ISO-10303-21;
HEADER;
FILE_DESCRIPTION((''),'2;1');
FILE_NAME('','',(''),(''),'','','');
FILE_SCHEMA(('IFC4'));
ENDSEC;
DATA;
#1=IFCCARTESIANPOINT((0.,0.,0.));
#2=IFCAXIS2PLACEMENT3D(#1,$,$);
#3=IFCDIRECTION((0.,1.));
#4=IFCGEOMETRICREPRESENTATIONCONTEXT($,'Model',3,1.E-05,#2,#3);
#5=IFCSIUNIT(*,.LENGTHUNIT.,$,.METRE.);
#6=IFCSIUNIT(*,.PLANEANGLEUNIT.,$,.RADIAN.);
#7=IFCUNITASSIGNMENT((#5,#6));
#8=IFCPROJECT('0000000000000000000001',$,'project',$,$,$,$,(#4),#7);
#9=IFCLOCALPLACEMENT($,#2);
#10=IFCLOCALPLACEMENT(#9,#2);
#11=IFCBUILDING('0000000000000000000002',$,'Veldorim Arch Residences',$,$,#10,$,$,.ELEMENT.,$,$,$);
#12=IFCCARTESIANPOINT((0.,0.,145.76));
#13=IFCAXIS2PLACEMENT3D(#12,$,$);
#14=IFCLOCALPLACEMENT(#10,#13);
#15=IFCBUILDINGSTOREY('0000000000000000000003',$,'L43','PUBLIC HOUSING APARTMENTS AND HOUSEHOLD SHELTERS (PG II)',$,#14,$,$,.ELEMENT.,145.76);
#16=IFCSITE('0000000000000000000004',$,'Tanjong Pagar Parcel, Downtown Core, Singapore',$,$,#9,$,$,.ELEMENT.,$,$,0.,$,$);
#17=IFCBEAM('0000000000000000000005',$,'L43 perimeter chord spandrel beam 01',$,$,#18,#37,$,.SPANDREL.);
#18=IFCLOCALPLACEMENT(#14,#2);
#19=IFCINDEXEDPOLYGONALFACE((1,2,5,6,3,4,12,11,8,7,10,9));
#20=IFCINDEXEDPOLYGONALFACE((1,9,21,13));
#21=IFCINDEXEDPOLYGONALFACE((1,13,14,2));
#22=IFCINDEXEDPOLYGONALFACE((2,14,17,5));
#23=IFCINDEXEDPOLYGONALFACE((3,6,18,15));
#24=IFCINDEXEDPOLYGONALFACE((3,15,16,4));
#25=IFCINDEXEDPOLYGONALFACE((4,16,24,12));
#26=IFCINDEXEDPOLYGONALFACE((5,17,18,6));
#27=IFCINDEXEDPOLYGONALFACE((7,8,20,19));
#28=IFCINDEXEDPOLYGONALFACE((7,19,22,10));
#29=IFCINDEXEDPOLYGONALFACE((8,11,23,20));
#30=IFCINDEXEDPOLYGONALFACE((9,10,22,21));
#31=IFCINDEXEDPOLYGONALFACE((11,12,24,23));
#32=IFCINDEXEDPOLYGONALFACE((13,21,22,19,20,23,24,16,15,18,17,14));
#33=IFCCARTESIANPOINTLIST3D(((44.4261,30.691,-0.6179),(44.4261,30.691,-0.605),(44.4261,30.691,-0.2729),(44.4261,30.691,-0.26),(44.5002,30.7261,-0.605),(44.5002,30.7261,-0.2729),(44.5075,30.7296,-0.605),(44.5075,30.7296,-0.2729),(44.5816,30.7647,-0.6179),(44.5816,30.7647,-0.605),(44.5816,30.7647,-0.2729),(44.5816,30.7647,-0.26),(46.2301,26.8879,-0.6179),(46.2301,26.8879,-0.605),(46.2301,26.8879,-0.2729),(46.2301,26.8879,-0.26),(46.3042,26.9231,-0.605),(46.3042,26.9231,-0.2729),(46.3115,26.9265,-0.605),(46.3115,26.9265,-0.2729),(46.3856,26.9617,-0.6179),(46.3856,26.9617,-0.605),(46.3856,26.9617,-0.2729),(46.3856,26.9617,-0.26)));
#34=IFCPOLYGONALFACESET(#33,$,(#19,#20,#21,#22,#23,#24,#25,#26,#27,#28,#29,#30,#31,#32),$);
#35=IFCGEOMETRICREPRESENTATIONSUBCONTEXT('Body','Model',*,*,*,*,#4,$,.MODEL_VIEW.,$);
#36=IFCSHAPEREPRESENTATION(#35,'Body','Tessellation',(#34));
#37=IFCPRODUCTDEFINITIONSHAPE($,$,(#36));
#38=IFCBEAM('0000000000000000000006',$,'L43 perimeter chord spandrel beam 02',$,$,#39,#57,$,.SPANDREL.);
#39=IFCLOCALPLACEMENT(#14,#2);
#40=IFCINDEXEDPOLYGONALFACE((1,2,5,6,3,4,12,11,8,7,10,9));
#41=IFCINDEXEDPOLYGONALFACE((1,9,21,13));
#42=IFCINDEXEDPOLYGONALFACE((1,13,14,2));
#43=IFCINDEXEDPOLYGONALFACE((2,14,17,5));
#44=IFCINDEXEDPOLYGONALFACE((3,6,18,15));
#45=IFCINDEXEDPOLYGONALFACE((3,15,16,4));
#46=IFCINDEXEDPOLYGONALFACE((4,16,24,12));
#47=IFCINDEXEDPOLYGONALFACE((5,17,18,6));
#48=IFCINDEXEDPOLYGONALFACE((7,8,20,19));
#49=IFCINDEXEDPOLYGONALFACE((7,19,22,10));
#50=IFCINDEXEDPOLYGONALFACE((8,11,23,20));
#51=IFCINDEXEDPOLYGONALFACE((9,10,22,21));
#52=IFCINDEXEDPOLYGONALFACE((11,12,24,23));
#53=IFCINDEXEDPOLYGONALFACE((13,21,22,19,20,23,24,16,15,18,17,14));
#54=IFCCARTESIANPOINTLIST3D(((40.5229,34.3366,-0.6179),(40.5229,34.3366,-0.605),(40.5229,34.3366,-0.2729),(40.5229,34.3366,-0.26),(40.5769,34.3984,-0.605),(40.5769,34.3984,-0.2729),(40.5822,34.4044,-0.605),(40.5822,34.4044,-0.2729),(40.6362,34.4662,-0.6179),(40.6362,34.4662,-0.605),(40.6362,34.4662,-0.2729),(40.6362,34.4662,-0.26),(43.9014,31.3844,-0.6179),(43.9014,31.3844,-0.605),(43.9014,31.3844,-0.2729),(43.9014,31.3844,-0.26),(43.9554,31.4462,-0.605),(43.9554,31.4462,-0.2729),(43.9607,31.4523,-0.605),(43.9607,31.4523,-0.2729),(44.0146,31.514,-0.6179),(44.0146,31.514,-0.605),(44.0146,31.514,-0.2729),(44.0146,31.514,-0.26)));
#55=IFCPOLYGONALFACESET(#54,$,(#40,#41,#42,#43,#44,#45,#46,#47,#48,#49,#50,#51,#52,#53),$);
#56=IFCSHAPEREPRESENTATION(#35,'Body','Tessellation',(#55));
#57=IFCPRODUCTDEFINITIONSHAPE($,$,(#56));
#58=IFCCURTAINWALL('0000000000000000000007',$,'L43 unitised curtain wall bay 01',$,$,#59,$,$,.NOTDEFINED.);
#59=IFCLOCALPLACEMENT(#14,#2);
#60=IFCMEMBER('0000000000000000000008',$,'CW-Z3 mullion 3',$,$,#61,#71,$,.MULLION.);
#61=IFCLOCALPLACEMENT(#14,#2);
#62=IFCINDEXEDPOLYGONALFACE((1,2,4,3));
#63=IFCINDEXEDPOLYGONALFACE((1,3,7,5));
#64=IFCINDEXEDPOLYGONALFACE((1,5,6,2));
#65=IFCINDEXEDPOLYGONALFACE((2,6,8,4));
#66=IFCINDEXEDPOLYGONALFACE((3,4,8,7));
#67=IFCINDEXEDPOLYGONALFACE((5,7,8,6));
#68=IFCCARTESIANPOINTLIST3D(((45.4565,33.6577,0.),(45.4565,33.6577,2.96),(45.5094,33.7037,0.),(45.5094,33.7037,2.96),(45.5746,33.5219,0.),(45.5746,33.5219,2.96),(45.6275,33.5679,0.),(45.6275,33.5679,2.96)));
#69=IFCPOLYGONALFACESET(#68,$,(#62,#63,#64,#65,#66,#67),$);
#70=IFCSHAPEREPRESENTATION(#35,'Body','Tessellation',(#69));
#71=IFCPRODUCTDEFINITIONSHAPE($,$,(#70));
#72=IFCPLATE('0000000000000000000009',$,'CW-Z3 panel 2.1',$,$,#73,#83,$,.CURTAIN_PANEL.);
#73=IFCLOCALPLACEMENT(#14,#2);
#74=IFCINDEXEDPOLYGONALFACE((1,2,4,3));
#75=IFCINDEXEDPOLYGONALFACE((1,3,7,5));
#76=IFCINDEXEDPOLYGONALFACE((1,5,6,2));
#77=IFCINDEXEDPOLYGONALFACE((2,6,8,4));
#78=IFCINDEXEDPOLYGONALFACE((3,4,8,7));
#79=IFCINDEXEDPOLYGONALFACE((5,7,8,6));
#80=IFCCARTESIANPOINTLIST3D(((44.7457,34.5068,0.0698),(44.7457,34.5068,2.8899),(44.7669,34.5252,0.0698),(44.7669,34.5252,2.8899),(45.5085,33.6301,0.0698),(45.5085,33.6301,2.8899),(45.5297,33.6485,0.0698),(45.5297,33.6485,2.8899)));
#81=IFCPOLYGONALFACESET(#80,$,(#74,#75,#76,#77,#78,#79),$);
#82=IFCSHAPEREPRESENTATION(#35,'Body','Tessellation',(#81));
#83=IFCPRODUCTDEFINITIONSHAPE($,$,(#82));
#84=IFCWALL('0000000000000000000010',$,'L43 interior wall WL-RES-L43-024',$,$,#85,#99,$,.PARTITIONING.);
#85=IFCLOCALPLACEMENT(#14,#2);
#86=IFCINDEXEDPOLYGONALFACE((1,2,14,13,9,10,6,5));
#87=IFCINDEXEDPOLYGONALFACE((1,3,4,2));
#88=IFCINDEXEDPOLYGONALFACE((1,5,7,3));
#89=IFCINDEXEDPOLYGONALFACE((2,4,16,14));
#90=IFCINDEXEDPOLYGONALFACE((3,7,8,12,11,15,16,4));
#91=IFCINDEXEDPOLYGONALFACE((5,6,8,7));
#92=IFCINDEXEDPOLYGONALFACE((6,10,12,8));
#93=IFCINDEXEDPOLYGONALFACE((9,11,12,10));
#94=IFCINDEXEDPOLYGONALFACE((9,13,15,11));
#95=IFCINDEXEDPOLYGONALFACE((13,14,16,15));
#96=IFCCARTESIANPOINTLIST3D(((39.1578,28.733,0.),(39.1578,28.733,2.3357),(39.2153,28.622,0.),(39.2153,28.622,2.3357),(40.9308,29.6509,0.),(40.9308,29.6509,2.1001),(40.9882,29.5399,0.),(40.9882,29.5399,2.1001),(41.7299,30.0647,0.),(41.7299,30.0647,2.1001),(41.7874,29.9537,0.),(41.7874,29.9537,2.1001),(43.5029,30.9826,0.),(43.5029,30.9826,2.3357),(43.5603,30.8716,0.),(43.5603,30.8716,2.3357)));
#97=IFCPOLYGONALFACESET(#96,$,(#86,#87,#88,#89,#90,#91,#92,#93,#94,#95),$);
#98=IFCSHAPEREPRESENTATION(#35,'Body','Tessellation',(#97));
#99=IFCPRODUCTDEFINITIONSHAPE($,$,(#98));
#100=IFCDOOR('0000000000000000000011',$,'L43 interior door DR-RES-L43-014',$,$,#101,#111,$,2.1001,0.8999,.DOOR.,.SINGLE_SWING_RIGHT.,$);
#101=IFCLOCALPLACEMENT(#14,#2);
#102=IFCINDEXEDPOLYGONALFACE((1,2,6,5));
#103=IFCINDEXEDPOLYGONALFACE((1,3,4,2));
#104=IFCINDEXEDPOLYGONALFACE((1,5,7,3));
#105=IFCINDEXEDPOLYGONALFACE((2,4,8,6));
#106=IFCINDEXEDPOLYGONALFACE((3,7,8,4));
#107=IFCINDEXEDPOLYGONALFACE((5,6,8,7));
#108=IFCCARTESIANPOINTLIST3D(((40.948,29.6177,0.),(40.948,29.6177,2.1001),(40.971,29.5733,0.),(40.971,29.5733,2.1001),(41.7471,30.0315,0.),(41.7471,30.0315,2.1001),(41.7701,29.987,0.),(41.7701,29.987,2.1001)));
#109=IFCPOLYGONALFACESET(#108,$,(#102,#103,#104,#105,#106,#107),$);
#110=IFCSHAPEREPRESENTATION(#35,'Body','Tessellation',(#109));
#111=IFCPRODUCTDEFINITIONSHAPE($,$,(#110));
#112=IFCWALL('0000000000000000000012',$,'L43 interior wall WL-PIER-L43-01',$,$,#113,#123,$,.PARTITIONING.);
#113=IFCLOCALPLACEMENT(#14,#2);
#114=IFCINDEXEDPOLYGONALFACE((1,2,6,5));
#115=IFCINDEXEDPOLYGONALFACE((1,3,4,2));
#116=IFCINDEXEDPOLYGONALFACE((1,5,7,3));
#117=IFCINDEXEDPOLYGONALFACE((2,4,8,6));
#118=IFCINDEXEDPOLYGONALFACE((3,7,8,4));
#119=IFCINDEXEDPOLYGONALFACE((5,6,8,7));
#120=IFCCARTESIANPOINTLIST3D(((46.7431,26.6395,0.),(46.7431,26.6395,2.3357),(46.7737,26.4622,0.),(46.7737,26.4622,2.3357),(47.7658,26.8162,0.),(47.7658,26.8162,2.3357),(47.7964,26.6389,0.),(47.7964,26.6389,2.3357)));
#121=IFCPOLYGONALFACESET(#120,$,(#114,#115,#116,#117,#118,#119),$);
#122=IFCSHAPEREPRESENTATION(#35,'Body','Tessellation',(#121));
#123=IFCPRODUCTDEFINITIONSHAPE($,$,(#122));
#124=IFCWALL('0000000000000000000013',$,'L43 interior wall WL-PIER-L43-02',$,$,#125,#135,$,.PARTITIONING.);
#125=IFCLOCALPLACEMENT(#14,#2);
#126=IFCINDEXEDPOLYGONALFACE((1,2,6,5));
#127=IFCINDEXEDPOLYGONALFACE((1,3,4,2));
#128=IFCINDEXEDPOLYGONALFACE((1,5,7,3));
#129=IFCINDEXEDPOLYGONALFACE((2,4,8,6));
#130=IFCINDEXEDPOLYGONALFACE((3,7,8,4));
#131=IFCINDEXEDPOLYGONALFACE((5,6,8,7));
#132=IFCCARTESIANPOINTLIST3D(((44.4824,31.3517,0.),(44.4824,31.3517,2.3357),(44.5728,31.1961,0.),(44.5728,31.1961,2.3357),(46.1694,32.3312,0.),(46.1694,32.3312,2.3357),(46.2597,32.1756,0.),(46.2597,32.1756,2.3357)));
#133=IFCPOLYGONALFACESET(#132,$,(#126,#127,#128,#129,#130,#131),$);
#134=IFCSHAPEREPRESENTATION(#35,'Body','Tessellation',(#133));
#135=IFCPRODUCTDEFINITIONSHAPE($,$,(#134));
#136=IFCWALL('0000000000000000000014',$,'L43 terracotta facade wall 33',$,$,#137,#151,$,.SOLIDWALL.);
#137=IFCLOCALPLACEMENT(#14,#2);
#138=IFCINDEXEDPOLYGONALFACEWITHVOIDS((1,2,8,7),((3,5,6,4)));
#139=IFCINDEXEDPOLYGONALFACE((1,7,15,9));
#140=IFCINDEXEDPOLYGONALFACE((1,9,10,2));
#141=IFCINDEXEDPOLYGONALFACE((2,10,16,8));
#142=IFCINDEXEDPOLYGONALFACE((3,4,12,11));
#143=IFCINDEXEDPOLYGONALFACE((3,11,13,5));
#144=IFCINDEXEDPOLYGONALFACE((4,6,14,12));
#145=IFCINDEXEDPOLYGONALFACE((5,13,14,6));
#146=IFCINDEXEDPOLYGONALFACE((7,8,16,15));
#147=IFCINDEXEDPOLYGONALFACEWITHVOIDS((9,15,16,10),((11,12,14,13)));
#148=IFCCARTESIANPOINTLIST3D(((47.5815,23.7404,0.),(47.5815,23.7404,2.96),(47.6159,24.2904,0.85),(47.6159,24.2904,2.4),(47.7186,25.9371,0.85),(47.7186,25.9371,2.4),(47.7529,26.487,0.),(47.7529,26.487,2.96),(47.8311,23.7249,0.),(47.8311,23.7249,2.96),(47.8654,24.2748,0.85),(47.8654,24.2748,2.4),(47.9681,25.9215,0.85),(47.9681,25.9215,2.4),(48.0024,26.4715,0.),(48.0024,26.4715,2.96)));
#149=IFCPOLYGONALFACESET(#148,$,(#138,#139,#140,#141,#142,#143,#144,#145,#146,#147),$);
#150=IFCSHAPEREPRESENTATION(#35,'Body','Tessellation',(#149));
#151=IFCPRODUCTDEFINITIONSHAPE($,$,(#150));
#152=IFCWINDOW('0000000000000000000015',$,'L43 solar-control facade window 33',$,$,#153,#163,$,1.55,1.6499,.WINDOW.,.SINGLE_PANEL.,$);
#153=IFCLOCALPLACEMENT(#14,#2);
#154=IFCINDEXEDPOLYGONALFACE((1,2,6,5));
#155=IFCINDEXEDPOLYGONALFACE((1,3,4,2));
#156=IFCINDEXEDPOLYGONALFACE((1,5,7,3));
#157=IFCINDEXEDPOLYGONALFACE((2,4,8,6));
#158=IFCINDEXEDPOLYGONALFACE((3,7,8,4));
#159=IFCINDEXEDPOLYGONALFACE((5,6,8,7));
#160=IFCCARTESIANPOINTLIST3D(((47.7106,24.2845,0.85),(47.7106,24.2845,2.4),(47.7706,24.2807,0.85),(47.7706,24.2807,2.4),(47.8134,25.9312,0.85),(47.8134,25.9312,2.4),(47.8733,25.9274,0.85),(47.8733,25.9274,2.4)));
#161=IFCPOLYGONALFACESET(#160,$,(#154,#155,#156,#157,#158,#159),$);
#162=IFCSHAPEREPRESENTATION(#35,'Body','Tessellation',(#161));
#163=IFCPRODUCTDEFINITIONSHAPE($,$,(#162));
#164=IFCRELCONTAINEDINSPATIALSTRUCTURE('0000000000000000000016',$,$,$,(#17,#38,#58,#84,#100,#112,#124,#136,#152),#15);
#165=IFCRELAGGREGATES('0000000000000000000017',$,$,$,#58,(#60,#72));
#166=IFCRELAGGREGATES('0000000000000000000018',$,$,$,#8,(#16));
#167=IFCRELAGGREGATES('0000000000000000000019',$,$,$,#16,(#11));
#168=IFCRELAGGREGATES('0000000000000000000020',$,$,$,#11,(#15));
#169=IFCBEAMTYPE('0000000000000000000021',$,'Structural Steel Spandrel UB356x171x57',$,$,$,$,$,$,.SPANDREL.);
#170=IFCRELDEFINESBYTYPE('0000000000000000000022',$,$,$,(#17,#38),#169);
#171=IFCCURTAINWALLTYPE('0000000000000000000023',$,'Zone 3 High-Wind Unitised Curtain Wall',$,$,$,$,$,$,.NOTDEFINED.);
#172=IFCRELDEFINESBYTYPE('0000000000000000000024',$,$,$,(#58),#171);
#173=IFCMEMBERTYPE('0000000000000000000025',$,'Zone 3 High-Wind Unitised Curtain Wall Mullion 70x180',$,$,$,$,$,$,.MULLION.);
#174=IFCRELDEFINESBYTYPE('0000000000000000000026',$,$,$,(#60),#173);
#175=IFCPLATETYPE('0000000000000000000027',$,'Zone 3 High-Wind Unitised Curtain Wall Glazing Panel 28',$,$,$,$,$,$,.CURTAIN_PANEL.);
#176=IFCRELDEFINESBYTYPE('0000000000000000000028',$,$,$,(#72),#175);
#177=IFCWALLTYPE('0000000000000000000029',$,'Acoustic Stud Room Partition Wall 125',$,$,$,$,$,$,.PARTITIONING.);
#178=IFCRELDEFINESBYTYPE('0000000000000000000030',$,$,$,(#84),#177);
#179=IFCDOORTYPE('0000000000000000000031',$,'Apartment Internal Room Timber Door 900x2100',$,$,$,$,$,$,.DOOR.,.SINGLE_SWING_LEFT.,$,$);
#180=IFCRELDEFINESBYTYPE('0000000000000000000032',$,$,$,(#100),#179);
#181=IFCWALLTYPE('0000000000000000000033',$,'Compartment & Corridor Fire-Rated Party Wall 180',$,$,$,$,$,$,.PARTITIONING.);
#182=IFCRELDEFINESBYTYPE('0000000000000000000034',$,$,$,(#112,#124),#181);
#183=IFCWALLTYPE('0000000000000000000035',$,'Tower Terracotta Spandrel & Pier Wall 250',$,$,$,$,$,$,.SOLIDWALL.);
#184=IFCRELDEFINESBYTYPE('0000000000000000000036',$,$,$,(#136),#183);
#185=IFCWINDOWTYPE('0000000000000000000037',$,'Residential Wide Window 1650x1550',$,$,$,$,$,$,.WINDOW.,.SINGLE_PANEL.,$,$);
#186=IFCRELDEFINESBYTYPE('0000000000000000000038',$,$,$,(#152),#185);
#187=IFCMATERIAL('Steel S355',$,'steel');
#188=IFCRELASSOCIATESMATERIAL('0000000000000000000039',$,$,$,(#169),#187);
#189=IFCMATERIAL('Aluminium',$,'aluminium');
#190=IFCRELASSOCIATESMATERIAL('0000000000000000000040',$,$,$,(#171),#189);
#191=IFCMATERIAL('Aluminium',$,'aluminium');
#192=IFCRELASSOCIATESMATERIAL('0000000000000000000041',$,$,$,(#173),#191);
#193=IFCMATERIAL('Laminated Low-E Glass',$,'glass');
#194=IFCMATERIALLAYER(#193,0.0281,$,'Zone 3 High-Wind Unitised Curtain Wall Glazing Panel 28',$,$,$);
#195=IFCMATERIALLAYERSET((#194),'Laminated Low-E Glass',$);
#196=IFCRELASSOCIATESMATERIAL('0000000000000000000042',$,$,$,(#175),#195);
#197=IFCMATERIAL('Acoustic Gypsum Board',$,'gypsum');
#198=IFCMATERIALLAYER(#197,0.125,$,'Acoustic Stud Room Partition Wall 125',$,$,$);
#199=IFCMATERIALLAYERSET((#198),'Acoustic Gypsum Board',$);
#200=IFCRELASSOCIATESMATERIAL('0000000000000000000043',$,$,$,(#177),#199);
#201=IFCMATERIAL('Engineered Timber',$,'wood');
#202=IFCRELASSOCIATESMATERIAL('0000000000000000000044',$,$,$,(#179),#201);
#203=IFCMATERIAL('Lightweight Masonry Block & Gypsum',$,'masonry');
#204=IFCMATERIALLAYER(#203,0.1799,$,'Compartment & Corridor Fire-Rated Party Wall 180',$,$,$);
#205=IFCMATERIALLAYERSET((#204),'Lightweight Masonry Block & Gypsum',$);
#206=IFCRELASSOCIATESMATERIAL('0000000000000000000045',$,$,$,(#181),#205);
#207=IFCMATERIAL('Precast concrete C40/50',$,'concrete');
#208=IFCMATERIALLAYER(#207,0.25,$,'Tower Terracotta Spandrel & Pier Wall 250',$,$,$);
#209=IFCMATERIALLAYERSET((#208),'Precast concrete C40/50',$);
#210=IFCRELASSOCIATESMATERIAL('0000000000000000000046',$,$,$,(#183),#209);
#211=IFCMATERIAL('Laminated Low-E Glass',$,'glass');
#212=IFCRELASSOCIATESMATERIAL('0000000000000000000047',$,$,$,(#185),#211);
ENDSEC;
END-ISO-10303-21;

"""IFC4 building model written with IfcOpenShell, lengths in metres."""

from ifc_helpers import new_model, si_unit, direction, frame, frame_2d, origin, origin_2d, place, context, subcontext, project, spatial, rectangle, i_section, extrude, material, layer, layer_set, material_profile, profile_set, type_object, element, fill, aggregate, save


model = new_model("IFC4")

# Units and contexts
model_context = context("Model", 3, precision=1e-05, world=origin(), true_north=direction((0.0, 1.0)))
body_context = subcontext(model_context, "Body", "Model", "MODEL_VIEW")
ifc_project = project(units=[si_unit("LENGTHUNIT", "METRE"), si_unit("PLANEANGLEUNIT", "RADIAN")], contexts=[model_context])

# Site, building, storey
site_placement = place(None, origin())
site = spatial("IfcSite", under=ifc_project, at=site_placement, Name="Tanjong Pagar Parcel, Downtown Core, Singapore", CompositionType="ELEMENT", RefElevation=0.0)
building_placement = place(site_placement, origin())
building = spatial("IfcBuilding", under=site, at=building_placement, Name="Veldorim Arch Residences", CompositionType="ELEMENT")
storey_placement = place(building_placement, frame((0.0, 0.0, 145.76)))
storey = spatial("IfcBuildingStorey", under=building, at=storey_placement, Name="L43", Description="PUBLIC HOUSING APARTMENTS AND HOUSEHOLD SHELTERS (PG II)", CompositionType="ELEMENT", Elevation=145.76)

# Beams
ifc_material_1 = material(Name="Steel S355", Category="steel")
ifc_material_profile_1 = material_profile(ifc_material_1, i_section(OverallWidth=0.1721, OverallDepth=0.3579, WebThickness=0.0081, FlangeThickness=0.0129, at=origin_2d()), Name="UB356x171x57")
ifc_profile_set_1 = profile_set([ifc_material_profile_1], Name="Steel S355")
beam_type_1 = type_object("IfcBeamType", Name="Structural Steel Spandrel UB356x171x57", PredefinedType="SPANDREL", material=ifc_profile_set_1)
beam_1_placement = place(storey_placement, frame((46.3079, 26.9248, -0.439), z_axis=(-0.42858, 0.903504, 0.0), x_axis=(-0.903504, -0.42858, 0.0)))
element("IfcBeam", 1, at=beam_1_placement, inside=storey, type_object=beam_type_1, Name="L43 perimeter chord spandrel beam 01", PredefinedType="SPANDREL", context=body_context, shape_type="SweptSolid", body=[
    extrude(i_section(OverallWidth=0.1721, OverallDepth=0.3579, WebThickness=0.0081, FlangeThickness=0.0129, at=origin_2d()), origin(), (0.0, 0.0, 1.0), 4.2092),
])
beam_2_placement = place(storey_placement, frame((43.958, 31.4492, -0.439), z_axis=(-0.753015, 0.658004, 0.0), x_axis=(-0.658004, -0.753015, 0.0)))
element("IfcBeam", 2, at=beam_2_placement, inside=storey, type_object=beam_type_1, Name="L43 perimeter chord spandrel beam 02", PredefinedType="SPANDREL", context=body_context, shape_type="SweptSolid", body=[
    extrude(i_section(OverallWidth=0.1721, OverallDepth=0.3579, WebThickness=0.0081, FlangeThickness=0.0129, at=origin_2d()), origin(), (0.0, 0.0, 1.0), 4.4866),
])

# Curtain wall, member, plate
ifc_material_2 = material(Name="Aluminium", Category="aluminium")
curtain_wall_type = type_object("IfcCurtainWallType", Name="Zone 3 High-Wind Unitised Curtain Wall", PredefinedType="NOTDEFINED", material=ifc_material_2)
curtain_wall_placement = place(storey_placement, origin())
curtain_wall = element("IfcCurtainWall", 3, at=curtain_wall_placement, inside=storey, type_object=curtain_wall_type, Name="L43 unitised curtain wall bay 01", PredefinedType="NOTDEFINED")
ifc_material_3 = material(Name="Aluminium", Category="aluminium")
ifc_material_profile_2 = material_profile(ifc_material_3, rectangle(XDim=0.0701, YDim=0.1799, at=origin_2d()), Name="ALU_MUL_70x180")
ifc_profile_set_2 = profile_set([ifc_material_profile_2], Name="Aluminium")
member_type = type_object("IfcMemberType", Name="Zone 3 High-Wind Unitised Curtain Wall Mullion 70x180", PredefinedType="MULLION", material=ifc_profile_set_2)
member_placement = place(storey_placement, frame((45.542, 33.6128, 0.0), z_axis=(0.0, 0.0, 1.0), x_axis=(0.7544, 0.656415, 0.0)))
member = element("IfcMember", 4, at=member_placement, type_object=member_type, Name="CW-Z3 mullion 3", PredefinedType="MULLION", context=body_context, shape_type="SweptSolid", body=[
    extrude(rectangle(XDim=0.0701, YDim=0.1799, at=origin_2d()), origin(), (0.0, 0.0, 1.0), 2.96),
])
ifc_material_4 = material(Name="Laminated Low-E Glass", Category="glass")
ifc_layer_1 = layer(ifc_material_4, 0.0281, Name="Zone 3 High-Wind Unitised Curtain Wall Glazing Panel 28")
ifc_layer_set_1 = layer_set([ifc_layer_1], Name="Laminated Low-E Glass")
plate_type = type_object("IfcPlateType", Name="Zone 3 High-Wind Unitised Curtain Wall Glazing Panel 28", PredefinedType="CURTAIN_PANEL", material=ifc_layer_set_1)
plate_placement = place(storey_placement, frame((45.1377, 34.0776, 0.0698), z_axis=(0.0, 0.0, 1.0), x_axis=(0.656415, -0.7544, 0.0)))
plate = element("IfcPlate", 5, at=plate_placement, type_object=plate_type, Name="CW-Z3 panel 2.1", PredefinedType="CURTAIN_PANEL", context=body_context, shape_type="SweptSolid", body=[
    extrude(rectangle(XDim=1.1621, YDim=0.0281, at=origin_2d()), origin(), (0.0, 0.0, 1.0), 2.8201),
])
aggregate(curtain_wall, [member, plate])

# Wall, opening, door
ifc_material_5 = material(Name="Acoustic Gypsum Board", Category="gypsum")
ifc_layer_2 = layer(ifc_material_5, 0.125, Name="Acoustic Stud Room Partition Wall 125")
ifc_layer_set_2 = layer_set([ifc_layer_2], Name="Acoustic Gypsum Board")
wall_type_1 = type_object("IfcWallType", Name="Acoustic Stud Room Partition Wall 125", PredefinedType="PARTITIONING", material=ifc_layer_set_2)
wall_1_placement = place(storey_placement, frame((43.5315, 30.927, 0.0), z_axis=(0.0, 0.0, 1.0), x_axis=(-0.888041, -0.459764, 0.0)))
wall_1 = element("IfcWall", 6, at=wall_1_placement, inside=storey, type_object=wall_type_1, Name="L43 interior wall WL-RES-L43-024", PredefinedType="PARTITIONING", context=body_context, shape_type="SweptSolid", body=[
    extrude(rectangle(XDim=4.8928, YDim=0.125, at=frame_2d((2.4463, 0.0))), origin(), (0.0, 0.0, 1.0), 2.3357),
])
opening_1_placement = place(wall_1_placement, frame((1.9963, 0.0, 0.0)))
opening_1 = element("IfcOpeningElement", 7, at=opening_1_placement, cuts=wall_1, PredefinedType="OPENING", context=body_context, shape_type="SweptSolid", body=[
    extrude(rectangle(XDim=0.8999, YDim=2.1001, at=frame_2d((0.45, 1.05))), frame((0.0, 0.0725, 0.0), z_axis=(0.0, -1.0, 0.0), x_axis=(1.0, 0.0, 0.0)), (0.0, 0.0, 1.0), 0.145),
])
ifc_material_6 = material(Name="Engineered Timber", Category="wood")
door_type = type_object("IfcDoorType", Name="Apartment Internal Room Timber Door 900x2100", OperationType="SINGLE_SWING_LEFT", PredefinedType="DOOR", material=ifc_material_6)
door_placement = place(opening_1_placement, origin())
door = element("IfcDoor", 8, at=door_placement, inside=storey, type_object=door_type, Name="L43 interior door DR-RES-L43-014", OperationType="SINGLE_SWING_RIGHT", OverallHeight=2.1001, OverallWidth=0.8999, PredefinedType="DOOR", context=body_context, shape_type="SweptSolid", body=[
    extrude(rectangle(XDim=0.8999, YDim=2.1001, at=frame_2d((0.45, 1.05))), frame((0.0, 0.0249, 0.0), z_axis=(0.0, -1.0, 0.0), x_axis=(1.0, 0.0, 0.0)), (0.0, 0.0, 1.0), 0.05),
])
fill(opening_1, door)

# Walls
ifc_material_7 = material(Name="Lightweight Masonry Block & Gypsum", Category="masonry")
ifc_layer_3 = layer(ifc_material_7, 0.1799, Name="Compartment & Corridor Fire-Rated Party Wall 180")
ifc_layer_set_3 = layer_set([ifc_layer_3], Name="Lightweight Masonry Block & Gypsum")
wall_type_2 = type_object("IfcWallType", Name="Compartment & Corridor Fire-Rated Party Wall 180", PredefinedType="PARTITIONING", material=ifc_layer_set_3)
wall_2_placement = place(storey_placement, frame((46.7583, 26.5508, 0.0), z_axis=(0.0, 0.0, 1.0), x_axis=(0.985391, 0.170309, 0.0)))
element("IfcWall", 9, at=wall_2_placement, inside=storey, type_object=wall_type_2, Name="L43 interior wall WL-PIER-L43-01", PredefinedType="PARTITIONING", context=body_context, shape_type="SweptSolid", body=[
    extrude(rectangle(XDim=1.0378, YDim=0.1799, at=frame_2d((0.519, 0.0))), origin(), (0.0, 0.0, 1.0), 2.3357),
])
wall_3_placement = place(storey_placement, frame((44.5276, 31.2739, 0.0), z_axis=(0.0, 0.0, 1.0), x_axis=(0.864803, 0.502111, 0.0)))
element("IfcWall", 10, at=wall_3_placement, inside=storey, type_object=wall_type_2, Name="L43 interior wall WL-PIER-L43-02", PredefinedType="PARTITIONING", context=body_context, shape_type="SweptSolid", body=[
    extrude(rectangle(XDim=1.9507, YDim=0.1799, at=frame_2d((0.9753, 0.0))), origin(), (0.0, 0.0, 1.0), 2.3357),
])

# Wall, opening, window
ifc_material_8 = material(Name="Precast concrete C40/50", Category="concrete")
ifc_layer_4 = layer(ifc_material_8, 0.25, Name="Tower Terracotta Spandrel & Pier Wall 250")
ifc_layer_set_4 = layer_set([ifc_layer_4], Name="Precast concrete C40/50")
wall_type_3 = type_object("IfcWallType", Name="Tower Terracotta Spandrel & Pier Wall 250", PredefinedType="SOLIDWALL", material=ifc_layer_set_4)
wall_4_placement = place(storey_placement, frame((47.8777, 26.4792, 0.0), z_axis=(0.0, 0.0, 1.0), x_axis=(-0.062279, -0.998059, 0.0)))
wall_4 = element("IfcWall", 11, at=wall_4_placement, inside=storey, type_object=wall_type_3, Name="L43 terracotta facade wall 33", PredefinedType="SOLIDWALL", context=body_context, shape_type="SweptSolid", body=[
    extrude(rectangle(XDim=2.752, YDim=0.25, at=frame_2d((1.376, 0.0))), origin(), (0.0, 0.0, 1.0), 2.96),
])
opening_2_placement = place(wall_4_placement, frame((0.551, 0.0, 0.8501)))
opening_2 = element("IfcOpeningElement", 12, at=opening_2_placement, cuts=wall_4, PredefinedType="OPENING", context=body_context, shape_type="SweptSolid", body=[
    extrude(rectangle(XDim=1.6499, YDim=1.55, at=frame_2d((0.825, 0.7749))), frame((0.0, 0.135, 0.0), z_axis=(0.0, -1.0, 0.0), x_axis=(1.0, 0.0, 0.0)), (0.0, 0.0, 1.0), 0.27),
])
ifc_material_9 = material(Name="Laminated Low-E Glass", Category="glass")
window_type = type_object("IfcWindowType", Name="Residential Wide Window 1650x1550", PartitioningType="SINGLE_PANEL", PredefinedType="WINDOW", material=ifc_material_9)
window_1_placement = place(opening_2_placement, origin())
window_1 = element("IfcWindow", 13, at=window_1_placement, inside=storey, type_object=window_type, Name="L43 solar-control facade window 33", OverallHeight=1.55, OverallWidth=1.6499, PartitioningType="SINGLE_PANEL", PredefinedType="WINDOW", context=body_context, shape_type="SweptSolid", body=[
    extrude(rectangle(XDim=1.6499, YDim=1.55, at=frame_2d((0.825, 0.7749))), frame((0.0, 0.03, 0.0), z_axis=(0.0, -1.0, 0.0), x_axis=(1.0, 0.0, 0.0)), (0.0, 0.0, 1.0), 0.0601),
])
fill(opening_2, window_1)

save(model, "model.ifc")
